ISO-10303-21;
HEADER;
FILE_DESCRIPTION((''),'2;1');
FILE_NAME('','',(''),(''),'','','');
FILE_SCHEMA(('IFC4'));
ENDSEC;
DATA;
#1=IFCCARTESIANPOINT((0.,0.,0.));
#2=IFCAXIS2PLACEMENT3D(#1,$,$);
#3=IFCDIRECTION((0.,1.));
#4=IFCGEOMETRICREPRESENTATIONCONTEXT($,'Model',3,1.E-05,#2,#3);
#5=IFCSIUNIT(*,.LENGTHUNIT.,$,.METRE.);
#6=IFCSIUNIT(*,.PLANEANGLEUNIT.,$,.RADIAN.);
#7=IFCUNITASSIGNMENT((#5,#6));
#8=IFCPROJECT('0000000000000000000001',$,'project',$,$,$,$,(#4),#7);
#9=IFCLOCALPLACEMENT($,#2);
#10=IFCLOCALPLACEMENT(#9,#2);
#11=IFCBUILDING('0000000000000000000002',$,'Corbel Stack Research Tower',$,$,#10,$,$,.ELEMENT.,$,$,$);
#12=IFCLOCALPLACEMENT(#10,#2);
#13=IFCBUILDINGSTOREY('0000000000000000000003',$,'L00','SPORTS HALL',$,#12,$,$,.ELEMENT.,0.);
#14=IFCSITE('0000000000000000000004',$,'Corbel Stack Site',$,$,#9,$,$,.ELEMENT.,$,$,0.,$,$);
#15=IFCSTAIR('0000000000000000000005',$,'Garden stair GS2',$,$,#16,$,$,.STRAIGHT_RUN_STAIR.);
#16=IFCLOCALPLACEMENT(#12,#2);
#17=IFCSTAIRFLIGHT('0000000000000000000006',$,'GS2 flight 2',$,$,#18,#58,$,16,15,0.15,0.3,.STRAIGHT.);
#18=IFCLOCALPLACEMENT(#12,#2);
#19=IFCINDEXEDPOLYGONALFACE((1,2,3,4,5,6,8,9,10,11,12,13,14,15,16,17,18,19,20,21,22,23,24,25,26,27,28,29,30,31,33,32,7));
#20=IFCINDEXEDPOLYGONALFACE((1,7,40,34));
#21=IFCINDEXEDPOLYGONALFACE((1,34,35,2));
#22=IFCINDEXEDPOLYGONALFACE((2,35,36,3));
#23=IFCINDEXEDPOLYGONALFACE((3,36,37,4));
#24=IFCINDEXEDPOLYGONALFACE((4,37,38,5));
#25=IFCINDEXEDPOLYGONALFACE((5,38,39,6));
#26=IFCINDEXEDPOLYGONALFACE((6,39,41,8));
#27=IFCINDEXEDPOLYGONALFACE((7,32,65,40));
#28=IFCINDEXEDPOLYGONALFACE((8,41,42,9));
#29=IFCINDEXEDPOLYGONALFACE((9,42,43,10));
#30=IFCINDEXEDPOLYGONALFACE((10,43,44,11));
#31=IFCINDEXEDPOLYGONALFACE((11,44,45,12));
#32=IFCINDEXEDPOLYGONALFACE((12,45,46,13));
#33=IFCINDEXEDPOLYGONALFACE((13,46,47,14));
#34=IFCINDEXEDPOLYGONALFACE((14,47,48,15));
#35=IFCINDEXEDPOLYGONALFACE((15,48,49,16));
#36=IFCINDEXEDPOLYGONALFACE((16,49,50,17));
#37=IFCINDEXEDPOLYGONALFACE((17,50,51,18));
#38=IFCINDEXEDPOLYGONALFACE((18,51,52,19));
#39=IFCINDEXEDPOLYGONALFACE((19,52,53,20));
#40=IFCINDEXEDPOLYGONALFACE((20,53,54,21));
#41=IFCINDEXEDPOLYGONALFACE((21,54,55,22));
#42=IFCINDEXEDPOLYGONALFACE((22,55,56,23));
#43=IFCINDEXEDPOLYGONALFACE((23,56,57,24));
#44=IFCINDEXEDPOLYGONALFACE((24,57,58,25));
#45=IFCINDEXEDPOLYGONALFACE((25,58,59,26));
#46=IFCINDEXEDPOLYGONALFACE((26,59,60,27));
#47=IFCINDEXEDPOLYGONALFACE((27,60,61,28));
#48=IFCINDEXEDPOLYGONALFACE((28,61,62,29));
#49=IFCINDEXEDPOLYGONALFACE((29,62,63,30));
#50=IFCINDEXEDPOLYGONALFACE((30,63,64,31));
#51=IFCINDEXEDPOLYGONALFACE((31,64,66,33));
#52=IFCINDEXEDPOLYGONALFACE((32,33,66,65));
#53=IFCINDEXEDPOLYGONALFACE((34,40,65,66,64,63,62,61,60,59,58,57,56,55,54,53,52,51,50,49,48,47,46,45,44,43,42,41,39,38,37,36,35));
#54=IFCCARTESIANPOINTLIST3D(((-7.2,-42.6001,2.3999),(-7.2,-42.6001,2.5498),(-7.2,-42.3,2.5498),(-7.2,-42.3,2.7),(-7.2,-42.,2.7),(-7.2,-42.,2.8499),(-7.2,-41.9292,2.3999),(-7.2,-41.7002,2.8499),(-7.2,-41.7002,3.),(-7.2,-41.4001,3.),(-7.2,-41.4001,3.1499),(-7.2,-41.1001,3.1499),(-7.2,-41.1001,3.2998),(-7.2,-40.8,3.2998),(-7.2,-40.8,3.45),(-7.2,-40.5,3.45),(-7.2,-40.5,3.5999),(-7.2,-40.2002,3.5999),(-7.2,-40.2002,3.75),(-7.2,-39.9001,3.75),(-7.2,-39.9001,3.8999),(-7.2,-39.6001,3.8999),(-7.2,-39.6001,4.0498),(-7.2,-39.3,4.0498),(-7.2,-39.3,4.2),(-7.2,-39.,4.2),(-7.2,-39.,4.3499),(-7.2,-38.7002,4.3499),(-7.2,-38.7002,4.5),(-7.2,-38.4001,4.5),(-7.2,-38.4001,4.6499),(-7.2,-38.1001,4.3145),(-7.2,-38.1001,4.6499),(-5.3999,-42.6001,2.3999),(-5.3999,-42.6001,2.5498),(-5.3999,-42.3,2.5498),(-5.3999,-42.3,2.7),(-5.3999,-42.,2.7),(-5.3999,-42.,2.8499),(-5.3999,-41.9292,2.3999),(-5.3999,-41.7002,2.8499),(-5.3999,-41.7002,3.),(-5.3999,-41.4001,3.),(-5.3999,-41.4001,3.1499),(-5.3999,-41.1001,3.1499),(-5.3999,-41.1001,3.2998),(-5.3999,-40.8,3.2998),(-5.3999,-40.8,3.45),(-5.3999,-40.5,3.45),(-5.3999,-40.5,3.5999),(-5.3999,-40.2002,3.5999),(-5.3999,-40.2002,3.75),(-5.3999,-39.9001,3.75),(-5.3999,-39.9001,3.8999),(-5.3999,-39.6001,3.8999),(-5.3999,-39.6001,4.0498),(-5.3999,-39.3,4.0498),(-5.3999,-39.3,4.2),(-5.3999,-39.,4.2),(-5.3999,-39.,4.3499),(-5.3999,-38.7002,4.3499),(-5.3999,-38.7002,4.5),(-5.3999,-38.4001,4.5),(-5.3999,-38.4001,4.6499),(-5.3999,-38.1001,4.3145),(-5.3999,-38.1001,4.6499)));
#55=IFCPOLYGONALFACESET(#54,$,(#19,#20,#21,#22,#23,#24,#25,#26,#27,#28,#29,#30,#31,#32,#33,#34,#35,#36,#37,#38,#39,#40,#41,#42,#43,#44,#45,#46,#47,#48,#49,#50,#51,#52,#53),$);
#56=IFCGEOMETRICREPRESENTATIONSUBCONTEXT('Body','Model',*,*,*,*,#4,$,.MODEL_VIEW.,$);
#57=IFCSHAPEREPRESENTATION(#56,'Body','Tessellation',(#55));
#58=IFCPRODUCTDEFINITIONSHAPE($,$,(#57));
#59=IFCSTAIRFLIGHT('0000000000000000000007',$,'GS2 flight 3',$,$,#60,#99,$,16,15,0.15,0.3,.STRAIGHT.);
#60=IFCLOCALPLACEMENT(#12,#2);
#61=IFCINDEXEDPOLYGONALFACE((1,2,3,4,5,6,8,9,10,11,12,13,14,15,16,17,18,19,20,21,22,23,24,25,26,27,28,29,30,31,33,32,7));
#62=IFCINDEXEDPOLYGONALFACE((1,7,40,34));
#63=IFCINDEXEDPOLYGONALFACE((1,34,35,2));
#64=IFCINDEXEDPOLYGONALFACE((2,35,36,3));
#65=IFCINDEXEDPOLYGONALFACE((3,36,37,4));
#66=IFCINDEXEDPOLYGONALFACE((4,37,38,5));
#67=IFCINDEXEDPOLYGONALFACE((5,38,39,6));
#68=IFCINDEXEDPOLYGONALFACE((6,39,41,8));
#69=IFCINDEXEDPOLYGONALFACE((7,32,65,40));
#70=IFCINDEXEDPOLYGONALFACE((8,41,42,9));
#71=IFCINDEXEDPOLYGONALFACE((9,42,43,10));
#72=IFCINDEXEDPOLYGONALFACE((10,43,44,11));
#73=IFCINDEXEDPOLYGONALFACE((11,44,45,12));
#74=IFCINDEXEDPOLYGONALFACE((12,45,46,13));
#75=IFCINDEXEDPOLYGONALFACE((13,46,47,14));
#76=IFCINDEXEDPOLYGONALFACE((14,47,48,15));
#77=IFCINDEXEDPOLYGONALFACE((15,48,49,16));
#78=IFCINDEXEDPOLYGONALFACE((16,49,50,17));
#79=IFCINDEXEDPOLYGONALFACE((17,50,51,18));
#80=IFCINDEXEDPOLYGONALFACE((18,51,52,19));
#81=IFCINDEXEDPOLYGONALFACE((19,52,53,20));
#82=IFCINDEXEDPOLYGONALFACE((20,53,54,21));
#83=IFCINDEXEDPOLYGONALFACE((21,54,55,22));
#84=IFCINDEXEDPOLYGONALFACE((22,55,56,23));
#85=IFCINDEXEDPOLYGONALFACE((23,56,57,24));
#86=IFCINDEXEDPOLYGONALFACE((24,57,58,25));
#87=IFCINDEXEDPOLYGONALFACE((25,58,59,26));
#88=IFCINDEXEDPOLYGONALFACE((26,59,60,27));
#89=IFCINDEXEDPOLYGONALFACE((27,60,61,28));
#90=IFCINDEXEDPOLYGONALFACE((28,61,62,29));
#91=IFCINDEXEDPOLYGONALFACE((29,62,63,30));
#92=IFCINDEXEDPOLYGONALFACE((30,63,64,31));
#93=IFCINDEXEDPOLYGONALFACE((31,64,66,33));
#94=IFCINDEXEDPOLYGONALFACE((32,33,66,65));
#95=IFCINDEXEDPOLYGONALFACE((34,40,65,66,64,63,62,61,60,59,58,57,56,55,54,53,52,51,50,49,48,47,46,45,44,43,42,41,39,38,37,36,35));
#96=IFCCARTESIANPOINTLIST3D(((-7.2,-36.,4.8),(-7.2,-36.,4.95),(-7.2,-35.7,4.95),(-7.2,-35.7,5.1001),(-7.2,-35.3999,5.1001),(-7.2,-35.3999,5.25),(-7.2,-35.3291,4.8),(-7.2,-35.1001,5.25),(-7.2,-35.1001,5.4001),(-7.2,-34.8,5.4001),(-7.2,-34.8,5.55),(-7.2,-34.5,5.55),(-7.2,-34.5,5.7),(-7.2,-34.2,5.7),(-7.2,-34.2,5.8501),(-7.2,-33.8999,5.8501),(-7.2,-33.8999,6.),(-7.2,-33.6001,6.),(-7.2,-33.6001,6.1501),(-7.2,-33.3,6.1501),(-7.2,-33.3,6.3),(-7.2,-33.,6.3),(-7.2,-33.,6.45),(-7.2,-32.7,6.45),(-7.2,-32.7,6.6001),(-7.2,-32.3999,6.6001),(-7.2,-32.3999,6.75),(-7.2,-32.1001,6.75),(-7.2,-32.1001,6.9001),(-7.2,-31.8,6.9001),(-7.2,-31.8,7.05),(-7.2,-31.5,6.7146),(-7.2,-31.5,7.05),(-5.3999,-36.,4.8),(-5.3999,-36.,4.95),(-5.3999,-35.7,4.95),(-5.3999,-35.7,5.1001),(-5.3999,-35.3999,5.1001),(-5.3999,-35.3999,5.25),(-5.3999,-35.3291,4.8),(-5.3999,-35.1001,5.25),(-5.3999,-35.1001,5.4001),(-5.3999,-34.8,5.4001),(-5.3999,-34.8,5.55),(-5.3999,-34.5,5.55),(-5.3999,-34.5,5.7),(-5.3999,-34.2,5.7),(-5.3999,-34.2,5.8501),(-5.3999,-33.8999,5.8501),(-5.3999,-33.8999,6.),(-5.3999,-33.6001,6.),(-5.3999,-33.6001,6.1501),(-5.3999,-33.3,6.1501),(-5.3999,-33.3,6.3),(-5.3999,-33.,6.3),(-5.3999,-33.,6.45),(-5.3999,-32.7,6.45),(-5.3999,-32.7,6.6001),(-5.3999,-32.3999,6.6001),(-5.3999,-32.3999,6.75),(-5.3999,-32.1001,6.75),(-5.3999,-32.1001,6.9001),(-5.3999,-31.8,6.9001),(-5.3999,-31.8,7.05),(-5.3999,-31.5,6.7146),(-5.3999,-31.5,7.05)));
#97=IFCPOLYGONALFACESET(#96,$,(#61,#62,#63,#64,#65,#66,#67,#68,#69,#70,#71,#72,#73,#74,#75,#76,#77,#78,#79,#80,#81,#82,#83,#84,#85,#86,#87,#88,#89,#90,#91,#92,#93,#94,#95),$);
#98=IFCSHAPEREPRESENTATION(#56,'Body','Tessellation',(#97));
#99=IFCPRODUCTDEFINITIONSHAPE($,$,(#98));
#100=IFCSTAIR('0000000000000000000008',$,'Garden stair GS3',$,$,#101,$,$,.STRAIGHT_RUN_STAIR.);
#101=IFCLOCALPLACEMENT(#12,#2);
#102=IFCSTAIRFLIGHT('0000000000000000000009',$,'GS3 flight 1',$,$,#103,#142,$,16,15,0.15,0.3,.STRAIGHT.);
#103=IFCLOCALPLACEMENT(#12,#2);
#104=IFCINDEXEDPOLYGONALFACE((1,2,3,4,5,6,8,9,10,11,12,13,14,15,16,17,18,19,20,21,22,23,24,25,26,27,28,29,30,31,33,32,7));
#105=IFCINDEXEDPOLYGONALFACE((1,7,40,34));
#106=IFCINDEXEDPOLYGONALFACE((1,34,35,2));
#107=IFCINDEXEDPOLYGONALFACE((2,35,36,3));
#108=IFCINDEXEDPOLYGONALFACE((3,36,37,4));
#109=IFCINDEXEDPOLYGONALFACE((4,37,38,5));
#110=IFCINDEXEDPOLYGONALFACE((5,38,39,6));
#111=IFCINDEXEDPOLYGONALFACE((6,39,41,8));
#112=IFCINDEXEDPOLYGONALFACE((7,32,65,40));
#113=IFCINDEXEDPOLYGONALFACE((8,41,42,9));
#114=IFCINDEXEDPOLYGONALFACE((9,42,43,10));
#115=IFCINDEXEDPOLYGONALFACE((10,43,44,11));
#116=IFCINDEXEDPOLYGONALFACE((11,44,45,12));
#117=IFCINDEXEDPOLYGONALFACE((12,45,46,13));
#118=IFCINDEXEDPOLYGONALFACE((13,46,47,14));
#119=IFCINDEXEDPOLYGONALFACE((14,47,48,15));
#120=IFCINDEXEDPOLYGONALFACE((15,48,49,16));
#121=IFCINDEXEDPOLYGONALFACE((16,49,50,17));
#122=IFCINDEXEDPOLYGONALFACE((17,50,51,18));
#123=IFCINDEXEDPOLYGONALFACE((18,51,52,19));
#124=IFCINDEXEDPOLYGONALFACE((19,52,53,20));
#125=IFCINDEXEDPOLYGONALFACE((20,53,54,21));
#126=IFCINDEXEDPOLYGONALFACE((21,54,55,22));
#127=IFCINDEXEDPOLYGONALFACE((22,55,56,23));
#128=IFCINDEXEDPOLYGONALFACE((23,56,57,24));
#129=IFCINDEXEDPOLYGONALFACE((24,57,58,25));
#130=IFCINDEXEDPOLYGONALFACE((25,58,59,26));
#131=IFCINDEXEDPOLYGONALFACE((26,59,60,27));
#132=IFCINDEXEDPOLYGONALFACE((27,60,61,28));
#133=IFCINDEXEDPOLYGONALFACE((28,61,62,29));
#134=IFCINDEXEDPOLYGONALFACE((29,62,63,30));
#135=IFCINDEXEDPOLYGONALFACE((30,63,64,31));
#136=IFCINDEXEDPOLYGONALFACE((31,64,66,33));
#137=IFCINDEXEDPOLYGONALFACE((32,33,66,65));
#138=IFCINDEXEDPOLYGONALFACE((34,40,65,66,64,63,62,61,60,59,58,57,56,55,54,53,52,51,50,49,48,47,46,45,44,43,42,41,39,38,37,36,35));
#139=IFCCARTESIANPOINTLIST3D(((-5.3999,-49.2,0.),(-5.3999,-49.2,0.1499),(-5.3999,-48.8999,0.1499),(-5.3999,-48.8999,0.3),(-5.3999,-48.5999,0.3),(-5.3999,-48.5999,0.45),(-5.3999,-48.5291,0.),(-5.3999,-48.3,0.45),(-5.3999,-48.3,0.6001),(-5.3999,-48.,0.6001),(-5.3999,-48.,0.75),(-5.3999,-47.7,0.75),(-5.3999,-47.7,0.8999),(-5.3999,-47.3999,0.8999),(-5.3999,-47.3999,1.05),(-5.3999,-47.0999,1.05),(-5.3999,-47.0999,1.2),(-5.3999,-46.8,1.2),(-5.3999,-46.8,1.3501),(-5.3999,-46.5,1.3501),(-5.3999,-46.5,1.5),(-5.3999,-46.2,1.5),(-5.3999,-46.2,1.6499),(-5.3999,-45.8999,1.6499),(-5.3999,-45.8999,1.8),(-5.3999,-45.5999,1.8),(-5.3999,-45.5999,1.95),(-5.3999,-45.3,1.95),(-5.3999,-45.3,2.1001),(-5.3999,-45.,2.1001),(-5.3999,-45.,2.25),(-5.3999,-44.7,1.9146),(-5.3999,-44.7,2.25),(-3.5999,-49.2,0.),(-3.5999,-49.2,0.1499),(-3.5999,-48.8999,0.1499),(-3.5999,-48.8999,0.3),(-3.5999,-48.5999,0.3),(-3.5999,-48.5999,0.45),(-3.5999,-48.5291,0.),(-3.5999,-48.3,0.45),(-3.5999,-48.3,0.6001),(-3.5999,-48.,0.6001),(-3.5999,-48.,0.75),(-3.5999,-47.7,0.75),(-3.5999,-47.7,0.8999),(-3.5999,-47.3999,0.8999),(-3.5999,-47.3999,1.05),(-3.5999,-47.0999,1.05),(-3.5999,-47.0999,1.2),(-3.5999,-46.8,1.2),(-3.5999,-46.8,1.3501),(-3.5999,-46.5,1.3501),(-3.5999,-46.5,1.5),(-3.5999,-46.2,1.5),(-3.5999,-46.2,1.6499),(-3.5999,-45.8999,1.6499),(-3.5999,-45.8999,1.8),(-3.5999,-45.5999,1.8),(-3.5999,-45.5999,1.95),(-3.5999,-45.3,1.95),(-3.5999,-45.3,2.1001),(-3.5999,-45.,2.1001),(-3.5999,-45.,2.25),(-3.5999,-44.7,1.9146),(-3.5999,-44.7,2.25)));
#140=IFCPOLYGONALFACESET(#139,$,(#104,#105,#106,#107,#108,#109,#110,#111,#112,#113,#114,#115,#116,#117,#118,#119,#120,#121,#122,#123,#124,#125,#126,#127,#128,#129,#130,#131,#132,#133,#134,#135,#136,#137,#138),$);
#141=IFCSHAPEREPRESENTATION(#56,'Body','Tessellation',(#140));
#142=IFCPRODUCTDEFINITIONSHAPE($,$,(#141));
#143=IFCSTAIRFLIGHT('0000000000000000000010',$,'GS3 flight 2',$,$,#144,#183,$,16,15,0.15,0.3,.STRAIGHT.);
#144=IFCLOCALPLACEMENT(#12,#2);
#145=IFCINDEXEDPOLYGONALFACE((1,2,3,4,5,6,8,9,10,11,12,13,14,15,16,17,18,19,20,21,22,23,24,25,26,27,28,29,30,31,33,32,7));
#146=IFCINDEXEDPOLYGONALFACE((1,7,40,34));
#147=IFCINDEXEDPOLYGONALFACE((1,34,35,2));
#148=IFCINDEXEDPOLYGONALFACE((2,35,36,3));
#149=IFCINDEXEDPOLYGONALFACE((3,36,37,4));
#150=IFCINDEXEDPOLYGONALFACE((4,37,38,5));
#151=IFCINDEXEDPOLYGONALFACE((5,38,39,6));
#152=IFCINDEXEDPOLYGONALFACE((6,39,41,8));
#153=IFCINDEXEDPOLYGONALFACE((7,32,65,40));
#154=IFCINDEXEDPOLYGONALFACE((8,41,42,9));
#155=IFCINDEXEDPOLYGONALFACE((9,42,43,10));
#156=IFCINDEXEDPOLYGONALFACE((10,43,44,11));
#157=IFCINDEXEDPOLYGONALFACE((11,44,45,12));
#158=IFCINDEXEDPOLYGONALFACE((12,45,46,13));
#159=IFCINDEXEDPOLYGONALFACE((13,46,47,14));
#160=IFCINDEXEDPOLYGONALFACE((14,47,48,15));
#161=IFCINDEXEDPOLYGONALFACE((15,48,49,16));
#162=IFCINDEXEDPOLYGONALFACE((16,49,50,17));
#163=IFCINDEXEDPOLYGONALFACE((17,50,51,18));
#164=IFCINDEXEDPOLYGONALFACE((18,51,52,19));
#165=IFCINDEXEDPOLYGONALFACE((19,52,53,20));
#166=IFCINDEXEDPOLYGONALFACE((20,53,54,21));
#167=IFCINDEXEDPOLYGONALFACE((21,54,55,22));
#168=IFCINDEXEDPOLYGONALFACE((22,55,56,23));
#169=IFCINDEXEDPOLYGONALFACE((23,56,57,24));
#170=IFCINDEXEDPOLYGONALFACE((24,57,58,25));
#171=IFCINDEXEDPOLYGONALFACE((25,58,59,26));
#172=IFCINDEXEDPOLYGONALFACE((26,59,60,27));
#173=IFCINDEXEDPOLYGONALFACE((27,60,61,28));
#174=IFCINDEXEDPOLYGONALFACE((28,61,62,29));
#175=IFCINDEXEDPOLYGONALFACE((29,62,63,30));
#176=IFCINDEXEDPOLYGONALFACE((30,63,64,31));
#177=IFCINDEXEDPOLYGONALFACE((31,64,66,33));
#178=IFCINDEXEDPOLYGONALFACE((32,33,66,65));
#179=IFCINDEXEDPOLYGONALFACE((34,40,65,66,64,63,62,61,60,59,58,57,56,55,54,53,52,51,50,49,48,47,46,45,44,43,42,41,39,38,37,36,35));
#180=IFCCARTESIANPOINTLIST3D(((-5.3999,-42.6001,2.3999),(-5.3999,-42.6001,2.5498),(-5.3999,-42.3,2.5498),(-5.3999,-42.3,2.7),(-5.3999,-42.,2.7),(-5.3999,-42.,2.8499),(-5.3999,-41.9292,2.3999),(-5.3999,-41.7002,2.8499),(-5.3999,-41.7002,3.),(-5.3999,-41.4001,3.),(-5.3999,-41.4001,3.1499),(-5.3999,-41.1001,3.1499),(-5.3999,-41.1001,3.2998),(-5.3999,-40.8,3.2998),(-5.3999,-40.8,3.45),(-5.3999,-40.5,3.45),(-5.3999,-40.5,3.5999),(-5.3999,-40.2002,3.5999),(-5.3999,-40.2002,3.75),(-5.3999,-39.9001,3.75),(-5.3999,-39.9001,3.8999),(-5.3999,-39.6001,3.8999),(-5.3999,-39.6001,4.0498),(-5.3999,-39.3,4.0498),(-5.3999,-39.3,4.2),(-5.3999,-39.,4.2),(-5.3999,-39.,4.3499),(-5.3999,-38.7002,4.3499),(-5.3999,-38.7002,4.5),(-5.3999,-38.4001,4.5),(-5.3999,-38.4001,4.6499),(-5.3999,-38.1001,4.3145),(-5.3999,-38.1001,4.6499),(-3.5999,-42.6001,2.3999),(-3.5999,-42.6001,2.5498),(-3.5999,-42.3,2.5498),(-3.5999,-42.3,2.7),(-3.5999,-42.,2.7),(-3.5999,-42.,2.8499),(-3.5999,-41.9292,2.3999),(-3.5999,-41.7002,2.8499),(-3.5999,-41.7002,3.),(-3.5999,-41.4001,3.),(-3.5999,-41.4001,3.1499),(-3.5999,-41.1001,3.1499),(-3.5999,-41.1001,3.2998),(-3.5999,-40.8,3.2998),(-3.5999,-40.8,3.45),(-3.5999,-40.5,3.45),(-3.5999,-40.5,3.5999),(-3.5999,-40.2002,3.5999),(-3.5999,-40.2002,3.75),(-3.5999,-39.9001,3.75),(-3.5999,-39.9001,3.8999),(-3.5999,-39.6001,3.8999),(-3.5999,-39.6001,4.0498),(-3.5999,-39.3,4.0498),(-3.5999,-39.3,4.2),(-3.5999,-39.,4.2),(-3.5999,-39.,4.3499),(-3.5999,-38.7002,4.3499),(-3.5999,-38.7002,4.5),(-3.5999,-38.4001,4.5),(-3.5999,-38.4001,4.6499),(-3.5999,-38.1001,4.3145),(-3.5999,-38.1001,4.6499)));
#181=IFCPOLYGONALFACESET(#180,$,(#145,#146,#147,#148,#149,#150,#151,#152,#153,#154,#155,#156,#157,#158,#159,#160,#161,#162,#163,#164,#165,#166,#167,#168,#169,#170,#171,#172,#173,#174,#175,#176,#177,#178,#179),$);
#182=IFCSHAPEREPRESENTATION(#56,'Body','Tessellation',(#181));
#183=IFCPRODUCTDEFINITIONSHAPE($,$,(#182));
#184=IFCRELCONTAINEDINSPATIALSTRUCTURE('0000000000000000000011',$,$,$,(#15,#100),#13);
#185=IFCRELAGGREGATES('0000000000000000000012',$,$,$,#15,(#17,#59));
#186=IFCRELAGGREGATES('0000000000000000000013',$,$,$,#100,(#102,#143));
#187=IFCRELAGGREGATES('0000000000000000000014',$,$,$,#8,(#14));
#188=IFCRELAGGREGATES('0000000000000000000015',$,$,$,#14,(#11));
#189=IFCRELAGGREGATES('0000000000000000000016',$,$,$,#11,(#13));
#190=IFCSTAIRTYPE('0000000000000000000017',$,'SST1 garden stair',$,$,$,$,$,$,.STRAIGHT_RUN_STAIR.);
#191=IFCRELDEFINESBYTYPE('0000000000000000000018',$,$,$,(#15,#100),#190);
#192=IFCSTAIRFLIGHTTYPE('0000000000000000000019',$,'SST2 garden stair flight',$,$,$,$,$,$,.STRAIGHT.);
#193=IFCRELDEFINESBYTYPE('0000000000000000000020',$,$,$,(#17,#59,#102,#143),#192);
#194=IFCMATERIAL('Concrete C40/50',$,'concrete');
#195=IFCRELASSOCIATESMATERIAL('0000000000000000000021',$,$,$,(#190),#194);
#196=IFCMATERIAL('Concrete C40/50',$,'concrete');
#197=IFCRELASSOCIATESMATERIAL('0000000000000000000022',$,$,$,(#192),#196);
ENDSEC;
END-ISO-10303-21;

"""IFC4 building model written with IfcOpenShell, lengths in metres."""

from ifc_helpers import new_model, si_unit, direction, frame, origin, place, context, subcontext, project, spatial, polyline, outline, extrude, material, type_object, element, aggregate, save


model = new_model("IFC4")

# Units and contexts
model_context = context("Model", 3, precision=1e-05, world=origin(), true_north=direction((0.0, 1.0)))
body_context = subcontext(model_context, "Body", "Model", "MODEL_VIEW")
ifc_project = project(units=[si_unit("LENGTHUNIT", "METRE"), si_unit("PLANEANGLEUNIT", "RADIAN")], contexts=[model_context])

# Site, building, storey
site_placement = place(None, origin())
site = spatial("IfcSite", under=ifc_project, at=site_placement, Name="Corbel Stack Site", CompositionType="ELEMENT", RefElevation=0.0)
building_placement = place(site_placement, origin())
building = spatial("IfcBuilding", under=site, at=building_placement, Name="Corbel Stack Research Tower", CompositionType="ELEMENT")
storey_placement = place(building_placement, origin())
storey = spatial("IfcBuildingStorey", under=building, at=storey_placement, Name="L00", Description="SPORTS HALL", CompositionType="ELEMENT", Elevation=0.0)

# Stairs, stair flights
ifc_material_1 = material(Name="Concrete C40/50", Category="concrete")
stair_type = type_object("IfcStairType", Name="SST1 garden stair", PredefinedType="STRAIGHT_RUN_STAIR", material=ifc_material_1)
ifc_material_2 = material(Name="Concrete C40/50", Category="concrete")
stair_flight_type = type_object("IfcStairFlightType", Name="SST2 garden stair flight", PredefinedType="STRAIGHT", material=ifc_material_2)
stair_1_placement = place(storey_placement, origin())
stair_1 = element("IfcStair", 1, at=stair_1_placement, inside=storey, type_object=stair_type, Name="Garden stair GS2", PredefinedType="STRAIGHT_RUN_STAIR")
stair_flight_1_placement = place(storey_placement, frame((-6.3, -42.6001, 2.3999), z_axis=(0.0, 0.0, 1.0), x_axis=(0.0, 1.0, 0.0)))
stair_flight_1 = element("IfcStairFlight", 2, at=stair_flight_1_placement, type_object=stair_flight_type, Name="GS2 flight 2", NumberOfRisers=16, NumberOfTreads=15, PredefinedType="STRAIGHT", RiserHeight=0.15, TreadLength=0.3, context=body_context, shape_type="SweptSolid", body=[
    extrude(outline(polyline([(0.0, 0.0), (0.0, 0.1499), (0.3, 0.1499), (0.3, 0.3), (0.6001, 0.3), (0.6001, 0.45), (0.8999, 0.45), (0.8999, 0.6001), (1.2, 0.6001), (1.2, 0.75), (1.5, 0.75), (1.5, 0.8999), (1.8, 0.8999), (1.8, 1.05), (2.1001, 1.05), (2.1001, 1.2), (2.3999, 1.2), (2.3999, 1.3501), (2.7, 1.3501), (2.7, 1.5), (3.0, 1.5), (3.0, 1.6499), (3.3, 1.6499), (3.3, 1.8), (3.6001, 1.8), (3.6001, 1.95), (3.8999, 1.95), (3.8999, 2.1001), (4.2, 2.1001), (4.2, 2.25), (4.5, 2.25), (4.5, 2.3999), (4.5, 1.9146), (0.6709, 0.0), (0.0, 0.0)])), frame((0.0, 0.8999, 0.0), z_axis=(0.0, -1.0, 0.0), x_axis=(1.0, 0.0, 0.0)), (0.0, 0.0, 1.0), 1.8),
])
stair_flight_2_placement = place(storey_placement, frame((-6.3, -36.0, 4.8), z_axis=(0.0, 0.0, 1.0), x_axis=(0.0, 1.0, 0.0)))
stair_flight_2 = element("IfcStairFlight", 3, at=stair_flight_2_placement, type_object=stair_flight_type, Name="GS2 flight 3", NumberOfRisers=16, NumberOfTreads=15, PredefinedType="STRAIGHT", RiserHeight=0.15, TreadLength=0.3, context=body_context, shape_type="SweptSolid", body=[
    extrude(outline(polyline([(0.0, 0.0), (0.0, 0.1499), (0.3, 0.1499), (0.3, 0.3), (0.6001, 0.3), (0.6001, 0.45), (0.8999, 0.45), (0.8999, 0.6001), (1.2, 0.6001), (1.2, 0.75), (1.5, 0.75), (1.5, 0.8999), (1.8, 0.8999), (1.8, 1.05), (2.1001, 1.05), (2.1001, 1.2), (2.3999, 1.2), (2.3999, 1.3501), (2.7, 1.3501), (2.7, 1.5), (3.0, 1.5), (3.0, 1.6499), (3.3, 1.6499), (3.3, 1.8), (3.6001, 1.8), (3.6001, 1.95), (3.8999, 1.95), (3.8999, 2.1001), (4.2, 2.1001), (4.2, 2.25), (4.5, 2.25), (4.5, 2.3999), (4.5, 1.9146), (0.6709, 0.0), (0.0, 0.0)])), frame((0.0, 0.8999, 0.0), z_axis=(0.0, -1.0, 0.0), x_axis=(1.0, 0.0, 0.0)), (0.0, 0.0, 1.0), 1.8),
])
aggregate(stair_1, [stair_flight_1, stair_flight_2])
stair_2_placement = place(storey_placement, origin())
stair_2 = element("IfcStair", 4, at=stair_2_placement, inside=storey, type_object=stair_type, Name="Garden stair GS3", PredefinedType="STRAIGHT_RUN_STAIR")
stair_flight_3_placement = place(storey_placement, frame((-4.5, -49.2, 0.0), z_axis=(0.0, 0.0, 1.0), x_axis=(0.0, 1.0, 0.0)))
stair_flight_3 = element("IfcStairFlight", 5, at=stair_flight_3_placement, type_object=stair_flight_type, Name="GS3 flight 1", NumberOfRisers=16, NumberOfTreads=15, PredefinedType="STRAIGHT", RiserHeight=0.15, TreadLength=0.3, context=body_context, shape_type="SweptSolid", body=[
    extrude(outline(polyline([(0.0, 0.0), (0.0, 0.1499), (0.3, 0.1499), (0.3, 0.3), (0.6001, 0.3), (0.6001, 0.45), (0.8999, 0.45), (0.8999, 0.6001), (1.2, 0.6001), (1.2, 0.75), (1.5, 0.75), (1.5, 0.8999), (1.8, 0.8999), (1.8, 1.05), (2.1001, 1.05), (2.1001, 1.2), (2.3999, 1.2), (2.3999, 1.3501), (2.7, 1.3501), (2.7, 1.5), (3.0, 1.5), (3.0, 1.6499), (3.3, 1.6499), (3.3, 1.8), (3.6001, 1.8), (3.6001, 1.95), (3.8999, 1.95), (3.8999, 2.1001), (4.2, 2.1001), (4.2, 2.25), (4.5, 2.25), (4.5, 2.3999), (4.5, 1.9146), (0.6709, 0.0), (0.0, 0.0)])), frame((0.0, 0.8999, 0.0), z_axis=(0.0, -1.0, 0.0), x_axis=(1.0, 0.0, 0.0)), (0.0, 0.0, 1.0), 1.8),
])
stair_flight_4_placement = place(storey_placement, frame((-4.5, -42.6001, 2.3999), z_axis=(0.0, 0.0, 1.0), x_axis=(0.0, 1.0, 0.0)))
stair_flight_4 = element("IfcStairFlight", 6, at=stair_flight_4_placement, type_object=stair_flight_type, Name="GS3 flight 2", NumberOfRisers=16, NumberOfTreads=15, PredefinedType="STRAIGHT", RiserHeight=0.15, TreadLength=0.3, context=body_context, shape_type="SweptSolid", body=[
    extrude(outline(polyline([(0.0, 0.0), (0.0, 0.1499), (0.3, 0.1499), (0.3, 0.3), (0.6001, 0.3), (0.6001, 0.45), (0.8999, 0.45), (0.8999, 0.6001), (1.2, 0.6001), (1.2, 0.75), (1.5, 0.75), (1.5, 0.8999), (1.8, 0.8999), (1.8, 1.05), (2.1001, 1.05), (2.1001, 1.2), (2.3999, 1.2), (2.3999, 1.3501), (2.7, 1.3501), (2.7, 1.5), (3.0, 1.5), (3.0, 1.6499), (3.3, 1.6499), (3.3, 1.8), (3.6001, 1.8), (3.6001, 1.95), (3.8999, 1.95), (3.8999, 2.1001), (4.2, 2.1001), (4.2, 2.25), (4.5, 2.25), (4.5, 2.3999), (4.5, 1.9146), (0.6709, 0.0), (0.0, 0.0)])), frame((0.0, 0.8999, 0.0), z_axis=(0.0, -1.0, 0.0), x_axis=(1.0, 0.0, 0.0)), (0.0, 0.0, 1.0), 1.8),
])
aggregate(stair_2, [stair_flight_3, stair_flight_4])

save(model, "model.ifc")
